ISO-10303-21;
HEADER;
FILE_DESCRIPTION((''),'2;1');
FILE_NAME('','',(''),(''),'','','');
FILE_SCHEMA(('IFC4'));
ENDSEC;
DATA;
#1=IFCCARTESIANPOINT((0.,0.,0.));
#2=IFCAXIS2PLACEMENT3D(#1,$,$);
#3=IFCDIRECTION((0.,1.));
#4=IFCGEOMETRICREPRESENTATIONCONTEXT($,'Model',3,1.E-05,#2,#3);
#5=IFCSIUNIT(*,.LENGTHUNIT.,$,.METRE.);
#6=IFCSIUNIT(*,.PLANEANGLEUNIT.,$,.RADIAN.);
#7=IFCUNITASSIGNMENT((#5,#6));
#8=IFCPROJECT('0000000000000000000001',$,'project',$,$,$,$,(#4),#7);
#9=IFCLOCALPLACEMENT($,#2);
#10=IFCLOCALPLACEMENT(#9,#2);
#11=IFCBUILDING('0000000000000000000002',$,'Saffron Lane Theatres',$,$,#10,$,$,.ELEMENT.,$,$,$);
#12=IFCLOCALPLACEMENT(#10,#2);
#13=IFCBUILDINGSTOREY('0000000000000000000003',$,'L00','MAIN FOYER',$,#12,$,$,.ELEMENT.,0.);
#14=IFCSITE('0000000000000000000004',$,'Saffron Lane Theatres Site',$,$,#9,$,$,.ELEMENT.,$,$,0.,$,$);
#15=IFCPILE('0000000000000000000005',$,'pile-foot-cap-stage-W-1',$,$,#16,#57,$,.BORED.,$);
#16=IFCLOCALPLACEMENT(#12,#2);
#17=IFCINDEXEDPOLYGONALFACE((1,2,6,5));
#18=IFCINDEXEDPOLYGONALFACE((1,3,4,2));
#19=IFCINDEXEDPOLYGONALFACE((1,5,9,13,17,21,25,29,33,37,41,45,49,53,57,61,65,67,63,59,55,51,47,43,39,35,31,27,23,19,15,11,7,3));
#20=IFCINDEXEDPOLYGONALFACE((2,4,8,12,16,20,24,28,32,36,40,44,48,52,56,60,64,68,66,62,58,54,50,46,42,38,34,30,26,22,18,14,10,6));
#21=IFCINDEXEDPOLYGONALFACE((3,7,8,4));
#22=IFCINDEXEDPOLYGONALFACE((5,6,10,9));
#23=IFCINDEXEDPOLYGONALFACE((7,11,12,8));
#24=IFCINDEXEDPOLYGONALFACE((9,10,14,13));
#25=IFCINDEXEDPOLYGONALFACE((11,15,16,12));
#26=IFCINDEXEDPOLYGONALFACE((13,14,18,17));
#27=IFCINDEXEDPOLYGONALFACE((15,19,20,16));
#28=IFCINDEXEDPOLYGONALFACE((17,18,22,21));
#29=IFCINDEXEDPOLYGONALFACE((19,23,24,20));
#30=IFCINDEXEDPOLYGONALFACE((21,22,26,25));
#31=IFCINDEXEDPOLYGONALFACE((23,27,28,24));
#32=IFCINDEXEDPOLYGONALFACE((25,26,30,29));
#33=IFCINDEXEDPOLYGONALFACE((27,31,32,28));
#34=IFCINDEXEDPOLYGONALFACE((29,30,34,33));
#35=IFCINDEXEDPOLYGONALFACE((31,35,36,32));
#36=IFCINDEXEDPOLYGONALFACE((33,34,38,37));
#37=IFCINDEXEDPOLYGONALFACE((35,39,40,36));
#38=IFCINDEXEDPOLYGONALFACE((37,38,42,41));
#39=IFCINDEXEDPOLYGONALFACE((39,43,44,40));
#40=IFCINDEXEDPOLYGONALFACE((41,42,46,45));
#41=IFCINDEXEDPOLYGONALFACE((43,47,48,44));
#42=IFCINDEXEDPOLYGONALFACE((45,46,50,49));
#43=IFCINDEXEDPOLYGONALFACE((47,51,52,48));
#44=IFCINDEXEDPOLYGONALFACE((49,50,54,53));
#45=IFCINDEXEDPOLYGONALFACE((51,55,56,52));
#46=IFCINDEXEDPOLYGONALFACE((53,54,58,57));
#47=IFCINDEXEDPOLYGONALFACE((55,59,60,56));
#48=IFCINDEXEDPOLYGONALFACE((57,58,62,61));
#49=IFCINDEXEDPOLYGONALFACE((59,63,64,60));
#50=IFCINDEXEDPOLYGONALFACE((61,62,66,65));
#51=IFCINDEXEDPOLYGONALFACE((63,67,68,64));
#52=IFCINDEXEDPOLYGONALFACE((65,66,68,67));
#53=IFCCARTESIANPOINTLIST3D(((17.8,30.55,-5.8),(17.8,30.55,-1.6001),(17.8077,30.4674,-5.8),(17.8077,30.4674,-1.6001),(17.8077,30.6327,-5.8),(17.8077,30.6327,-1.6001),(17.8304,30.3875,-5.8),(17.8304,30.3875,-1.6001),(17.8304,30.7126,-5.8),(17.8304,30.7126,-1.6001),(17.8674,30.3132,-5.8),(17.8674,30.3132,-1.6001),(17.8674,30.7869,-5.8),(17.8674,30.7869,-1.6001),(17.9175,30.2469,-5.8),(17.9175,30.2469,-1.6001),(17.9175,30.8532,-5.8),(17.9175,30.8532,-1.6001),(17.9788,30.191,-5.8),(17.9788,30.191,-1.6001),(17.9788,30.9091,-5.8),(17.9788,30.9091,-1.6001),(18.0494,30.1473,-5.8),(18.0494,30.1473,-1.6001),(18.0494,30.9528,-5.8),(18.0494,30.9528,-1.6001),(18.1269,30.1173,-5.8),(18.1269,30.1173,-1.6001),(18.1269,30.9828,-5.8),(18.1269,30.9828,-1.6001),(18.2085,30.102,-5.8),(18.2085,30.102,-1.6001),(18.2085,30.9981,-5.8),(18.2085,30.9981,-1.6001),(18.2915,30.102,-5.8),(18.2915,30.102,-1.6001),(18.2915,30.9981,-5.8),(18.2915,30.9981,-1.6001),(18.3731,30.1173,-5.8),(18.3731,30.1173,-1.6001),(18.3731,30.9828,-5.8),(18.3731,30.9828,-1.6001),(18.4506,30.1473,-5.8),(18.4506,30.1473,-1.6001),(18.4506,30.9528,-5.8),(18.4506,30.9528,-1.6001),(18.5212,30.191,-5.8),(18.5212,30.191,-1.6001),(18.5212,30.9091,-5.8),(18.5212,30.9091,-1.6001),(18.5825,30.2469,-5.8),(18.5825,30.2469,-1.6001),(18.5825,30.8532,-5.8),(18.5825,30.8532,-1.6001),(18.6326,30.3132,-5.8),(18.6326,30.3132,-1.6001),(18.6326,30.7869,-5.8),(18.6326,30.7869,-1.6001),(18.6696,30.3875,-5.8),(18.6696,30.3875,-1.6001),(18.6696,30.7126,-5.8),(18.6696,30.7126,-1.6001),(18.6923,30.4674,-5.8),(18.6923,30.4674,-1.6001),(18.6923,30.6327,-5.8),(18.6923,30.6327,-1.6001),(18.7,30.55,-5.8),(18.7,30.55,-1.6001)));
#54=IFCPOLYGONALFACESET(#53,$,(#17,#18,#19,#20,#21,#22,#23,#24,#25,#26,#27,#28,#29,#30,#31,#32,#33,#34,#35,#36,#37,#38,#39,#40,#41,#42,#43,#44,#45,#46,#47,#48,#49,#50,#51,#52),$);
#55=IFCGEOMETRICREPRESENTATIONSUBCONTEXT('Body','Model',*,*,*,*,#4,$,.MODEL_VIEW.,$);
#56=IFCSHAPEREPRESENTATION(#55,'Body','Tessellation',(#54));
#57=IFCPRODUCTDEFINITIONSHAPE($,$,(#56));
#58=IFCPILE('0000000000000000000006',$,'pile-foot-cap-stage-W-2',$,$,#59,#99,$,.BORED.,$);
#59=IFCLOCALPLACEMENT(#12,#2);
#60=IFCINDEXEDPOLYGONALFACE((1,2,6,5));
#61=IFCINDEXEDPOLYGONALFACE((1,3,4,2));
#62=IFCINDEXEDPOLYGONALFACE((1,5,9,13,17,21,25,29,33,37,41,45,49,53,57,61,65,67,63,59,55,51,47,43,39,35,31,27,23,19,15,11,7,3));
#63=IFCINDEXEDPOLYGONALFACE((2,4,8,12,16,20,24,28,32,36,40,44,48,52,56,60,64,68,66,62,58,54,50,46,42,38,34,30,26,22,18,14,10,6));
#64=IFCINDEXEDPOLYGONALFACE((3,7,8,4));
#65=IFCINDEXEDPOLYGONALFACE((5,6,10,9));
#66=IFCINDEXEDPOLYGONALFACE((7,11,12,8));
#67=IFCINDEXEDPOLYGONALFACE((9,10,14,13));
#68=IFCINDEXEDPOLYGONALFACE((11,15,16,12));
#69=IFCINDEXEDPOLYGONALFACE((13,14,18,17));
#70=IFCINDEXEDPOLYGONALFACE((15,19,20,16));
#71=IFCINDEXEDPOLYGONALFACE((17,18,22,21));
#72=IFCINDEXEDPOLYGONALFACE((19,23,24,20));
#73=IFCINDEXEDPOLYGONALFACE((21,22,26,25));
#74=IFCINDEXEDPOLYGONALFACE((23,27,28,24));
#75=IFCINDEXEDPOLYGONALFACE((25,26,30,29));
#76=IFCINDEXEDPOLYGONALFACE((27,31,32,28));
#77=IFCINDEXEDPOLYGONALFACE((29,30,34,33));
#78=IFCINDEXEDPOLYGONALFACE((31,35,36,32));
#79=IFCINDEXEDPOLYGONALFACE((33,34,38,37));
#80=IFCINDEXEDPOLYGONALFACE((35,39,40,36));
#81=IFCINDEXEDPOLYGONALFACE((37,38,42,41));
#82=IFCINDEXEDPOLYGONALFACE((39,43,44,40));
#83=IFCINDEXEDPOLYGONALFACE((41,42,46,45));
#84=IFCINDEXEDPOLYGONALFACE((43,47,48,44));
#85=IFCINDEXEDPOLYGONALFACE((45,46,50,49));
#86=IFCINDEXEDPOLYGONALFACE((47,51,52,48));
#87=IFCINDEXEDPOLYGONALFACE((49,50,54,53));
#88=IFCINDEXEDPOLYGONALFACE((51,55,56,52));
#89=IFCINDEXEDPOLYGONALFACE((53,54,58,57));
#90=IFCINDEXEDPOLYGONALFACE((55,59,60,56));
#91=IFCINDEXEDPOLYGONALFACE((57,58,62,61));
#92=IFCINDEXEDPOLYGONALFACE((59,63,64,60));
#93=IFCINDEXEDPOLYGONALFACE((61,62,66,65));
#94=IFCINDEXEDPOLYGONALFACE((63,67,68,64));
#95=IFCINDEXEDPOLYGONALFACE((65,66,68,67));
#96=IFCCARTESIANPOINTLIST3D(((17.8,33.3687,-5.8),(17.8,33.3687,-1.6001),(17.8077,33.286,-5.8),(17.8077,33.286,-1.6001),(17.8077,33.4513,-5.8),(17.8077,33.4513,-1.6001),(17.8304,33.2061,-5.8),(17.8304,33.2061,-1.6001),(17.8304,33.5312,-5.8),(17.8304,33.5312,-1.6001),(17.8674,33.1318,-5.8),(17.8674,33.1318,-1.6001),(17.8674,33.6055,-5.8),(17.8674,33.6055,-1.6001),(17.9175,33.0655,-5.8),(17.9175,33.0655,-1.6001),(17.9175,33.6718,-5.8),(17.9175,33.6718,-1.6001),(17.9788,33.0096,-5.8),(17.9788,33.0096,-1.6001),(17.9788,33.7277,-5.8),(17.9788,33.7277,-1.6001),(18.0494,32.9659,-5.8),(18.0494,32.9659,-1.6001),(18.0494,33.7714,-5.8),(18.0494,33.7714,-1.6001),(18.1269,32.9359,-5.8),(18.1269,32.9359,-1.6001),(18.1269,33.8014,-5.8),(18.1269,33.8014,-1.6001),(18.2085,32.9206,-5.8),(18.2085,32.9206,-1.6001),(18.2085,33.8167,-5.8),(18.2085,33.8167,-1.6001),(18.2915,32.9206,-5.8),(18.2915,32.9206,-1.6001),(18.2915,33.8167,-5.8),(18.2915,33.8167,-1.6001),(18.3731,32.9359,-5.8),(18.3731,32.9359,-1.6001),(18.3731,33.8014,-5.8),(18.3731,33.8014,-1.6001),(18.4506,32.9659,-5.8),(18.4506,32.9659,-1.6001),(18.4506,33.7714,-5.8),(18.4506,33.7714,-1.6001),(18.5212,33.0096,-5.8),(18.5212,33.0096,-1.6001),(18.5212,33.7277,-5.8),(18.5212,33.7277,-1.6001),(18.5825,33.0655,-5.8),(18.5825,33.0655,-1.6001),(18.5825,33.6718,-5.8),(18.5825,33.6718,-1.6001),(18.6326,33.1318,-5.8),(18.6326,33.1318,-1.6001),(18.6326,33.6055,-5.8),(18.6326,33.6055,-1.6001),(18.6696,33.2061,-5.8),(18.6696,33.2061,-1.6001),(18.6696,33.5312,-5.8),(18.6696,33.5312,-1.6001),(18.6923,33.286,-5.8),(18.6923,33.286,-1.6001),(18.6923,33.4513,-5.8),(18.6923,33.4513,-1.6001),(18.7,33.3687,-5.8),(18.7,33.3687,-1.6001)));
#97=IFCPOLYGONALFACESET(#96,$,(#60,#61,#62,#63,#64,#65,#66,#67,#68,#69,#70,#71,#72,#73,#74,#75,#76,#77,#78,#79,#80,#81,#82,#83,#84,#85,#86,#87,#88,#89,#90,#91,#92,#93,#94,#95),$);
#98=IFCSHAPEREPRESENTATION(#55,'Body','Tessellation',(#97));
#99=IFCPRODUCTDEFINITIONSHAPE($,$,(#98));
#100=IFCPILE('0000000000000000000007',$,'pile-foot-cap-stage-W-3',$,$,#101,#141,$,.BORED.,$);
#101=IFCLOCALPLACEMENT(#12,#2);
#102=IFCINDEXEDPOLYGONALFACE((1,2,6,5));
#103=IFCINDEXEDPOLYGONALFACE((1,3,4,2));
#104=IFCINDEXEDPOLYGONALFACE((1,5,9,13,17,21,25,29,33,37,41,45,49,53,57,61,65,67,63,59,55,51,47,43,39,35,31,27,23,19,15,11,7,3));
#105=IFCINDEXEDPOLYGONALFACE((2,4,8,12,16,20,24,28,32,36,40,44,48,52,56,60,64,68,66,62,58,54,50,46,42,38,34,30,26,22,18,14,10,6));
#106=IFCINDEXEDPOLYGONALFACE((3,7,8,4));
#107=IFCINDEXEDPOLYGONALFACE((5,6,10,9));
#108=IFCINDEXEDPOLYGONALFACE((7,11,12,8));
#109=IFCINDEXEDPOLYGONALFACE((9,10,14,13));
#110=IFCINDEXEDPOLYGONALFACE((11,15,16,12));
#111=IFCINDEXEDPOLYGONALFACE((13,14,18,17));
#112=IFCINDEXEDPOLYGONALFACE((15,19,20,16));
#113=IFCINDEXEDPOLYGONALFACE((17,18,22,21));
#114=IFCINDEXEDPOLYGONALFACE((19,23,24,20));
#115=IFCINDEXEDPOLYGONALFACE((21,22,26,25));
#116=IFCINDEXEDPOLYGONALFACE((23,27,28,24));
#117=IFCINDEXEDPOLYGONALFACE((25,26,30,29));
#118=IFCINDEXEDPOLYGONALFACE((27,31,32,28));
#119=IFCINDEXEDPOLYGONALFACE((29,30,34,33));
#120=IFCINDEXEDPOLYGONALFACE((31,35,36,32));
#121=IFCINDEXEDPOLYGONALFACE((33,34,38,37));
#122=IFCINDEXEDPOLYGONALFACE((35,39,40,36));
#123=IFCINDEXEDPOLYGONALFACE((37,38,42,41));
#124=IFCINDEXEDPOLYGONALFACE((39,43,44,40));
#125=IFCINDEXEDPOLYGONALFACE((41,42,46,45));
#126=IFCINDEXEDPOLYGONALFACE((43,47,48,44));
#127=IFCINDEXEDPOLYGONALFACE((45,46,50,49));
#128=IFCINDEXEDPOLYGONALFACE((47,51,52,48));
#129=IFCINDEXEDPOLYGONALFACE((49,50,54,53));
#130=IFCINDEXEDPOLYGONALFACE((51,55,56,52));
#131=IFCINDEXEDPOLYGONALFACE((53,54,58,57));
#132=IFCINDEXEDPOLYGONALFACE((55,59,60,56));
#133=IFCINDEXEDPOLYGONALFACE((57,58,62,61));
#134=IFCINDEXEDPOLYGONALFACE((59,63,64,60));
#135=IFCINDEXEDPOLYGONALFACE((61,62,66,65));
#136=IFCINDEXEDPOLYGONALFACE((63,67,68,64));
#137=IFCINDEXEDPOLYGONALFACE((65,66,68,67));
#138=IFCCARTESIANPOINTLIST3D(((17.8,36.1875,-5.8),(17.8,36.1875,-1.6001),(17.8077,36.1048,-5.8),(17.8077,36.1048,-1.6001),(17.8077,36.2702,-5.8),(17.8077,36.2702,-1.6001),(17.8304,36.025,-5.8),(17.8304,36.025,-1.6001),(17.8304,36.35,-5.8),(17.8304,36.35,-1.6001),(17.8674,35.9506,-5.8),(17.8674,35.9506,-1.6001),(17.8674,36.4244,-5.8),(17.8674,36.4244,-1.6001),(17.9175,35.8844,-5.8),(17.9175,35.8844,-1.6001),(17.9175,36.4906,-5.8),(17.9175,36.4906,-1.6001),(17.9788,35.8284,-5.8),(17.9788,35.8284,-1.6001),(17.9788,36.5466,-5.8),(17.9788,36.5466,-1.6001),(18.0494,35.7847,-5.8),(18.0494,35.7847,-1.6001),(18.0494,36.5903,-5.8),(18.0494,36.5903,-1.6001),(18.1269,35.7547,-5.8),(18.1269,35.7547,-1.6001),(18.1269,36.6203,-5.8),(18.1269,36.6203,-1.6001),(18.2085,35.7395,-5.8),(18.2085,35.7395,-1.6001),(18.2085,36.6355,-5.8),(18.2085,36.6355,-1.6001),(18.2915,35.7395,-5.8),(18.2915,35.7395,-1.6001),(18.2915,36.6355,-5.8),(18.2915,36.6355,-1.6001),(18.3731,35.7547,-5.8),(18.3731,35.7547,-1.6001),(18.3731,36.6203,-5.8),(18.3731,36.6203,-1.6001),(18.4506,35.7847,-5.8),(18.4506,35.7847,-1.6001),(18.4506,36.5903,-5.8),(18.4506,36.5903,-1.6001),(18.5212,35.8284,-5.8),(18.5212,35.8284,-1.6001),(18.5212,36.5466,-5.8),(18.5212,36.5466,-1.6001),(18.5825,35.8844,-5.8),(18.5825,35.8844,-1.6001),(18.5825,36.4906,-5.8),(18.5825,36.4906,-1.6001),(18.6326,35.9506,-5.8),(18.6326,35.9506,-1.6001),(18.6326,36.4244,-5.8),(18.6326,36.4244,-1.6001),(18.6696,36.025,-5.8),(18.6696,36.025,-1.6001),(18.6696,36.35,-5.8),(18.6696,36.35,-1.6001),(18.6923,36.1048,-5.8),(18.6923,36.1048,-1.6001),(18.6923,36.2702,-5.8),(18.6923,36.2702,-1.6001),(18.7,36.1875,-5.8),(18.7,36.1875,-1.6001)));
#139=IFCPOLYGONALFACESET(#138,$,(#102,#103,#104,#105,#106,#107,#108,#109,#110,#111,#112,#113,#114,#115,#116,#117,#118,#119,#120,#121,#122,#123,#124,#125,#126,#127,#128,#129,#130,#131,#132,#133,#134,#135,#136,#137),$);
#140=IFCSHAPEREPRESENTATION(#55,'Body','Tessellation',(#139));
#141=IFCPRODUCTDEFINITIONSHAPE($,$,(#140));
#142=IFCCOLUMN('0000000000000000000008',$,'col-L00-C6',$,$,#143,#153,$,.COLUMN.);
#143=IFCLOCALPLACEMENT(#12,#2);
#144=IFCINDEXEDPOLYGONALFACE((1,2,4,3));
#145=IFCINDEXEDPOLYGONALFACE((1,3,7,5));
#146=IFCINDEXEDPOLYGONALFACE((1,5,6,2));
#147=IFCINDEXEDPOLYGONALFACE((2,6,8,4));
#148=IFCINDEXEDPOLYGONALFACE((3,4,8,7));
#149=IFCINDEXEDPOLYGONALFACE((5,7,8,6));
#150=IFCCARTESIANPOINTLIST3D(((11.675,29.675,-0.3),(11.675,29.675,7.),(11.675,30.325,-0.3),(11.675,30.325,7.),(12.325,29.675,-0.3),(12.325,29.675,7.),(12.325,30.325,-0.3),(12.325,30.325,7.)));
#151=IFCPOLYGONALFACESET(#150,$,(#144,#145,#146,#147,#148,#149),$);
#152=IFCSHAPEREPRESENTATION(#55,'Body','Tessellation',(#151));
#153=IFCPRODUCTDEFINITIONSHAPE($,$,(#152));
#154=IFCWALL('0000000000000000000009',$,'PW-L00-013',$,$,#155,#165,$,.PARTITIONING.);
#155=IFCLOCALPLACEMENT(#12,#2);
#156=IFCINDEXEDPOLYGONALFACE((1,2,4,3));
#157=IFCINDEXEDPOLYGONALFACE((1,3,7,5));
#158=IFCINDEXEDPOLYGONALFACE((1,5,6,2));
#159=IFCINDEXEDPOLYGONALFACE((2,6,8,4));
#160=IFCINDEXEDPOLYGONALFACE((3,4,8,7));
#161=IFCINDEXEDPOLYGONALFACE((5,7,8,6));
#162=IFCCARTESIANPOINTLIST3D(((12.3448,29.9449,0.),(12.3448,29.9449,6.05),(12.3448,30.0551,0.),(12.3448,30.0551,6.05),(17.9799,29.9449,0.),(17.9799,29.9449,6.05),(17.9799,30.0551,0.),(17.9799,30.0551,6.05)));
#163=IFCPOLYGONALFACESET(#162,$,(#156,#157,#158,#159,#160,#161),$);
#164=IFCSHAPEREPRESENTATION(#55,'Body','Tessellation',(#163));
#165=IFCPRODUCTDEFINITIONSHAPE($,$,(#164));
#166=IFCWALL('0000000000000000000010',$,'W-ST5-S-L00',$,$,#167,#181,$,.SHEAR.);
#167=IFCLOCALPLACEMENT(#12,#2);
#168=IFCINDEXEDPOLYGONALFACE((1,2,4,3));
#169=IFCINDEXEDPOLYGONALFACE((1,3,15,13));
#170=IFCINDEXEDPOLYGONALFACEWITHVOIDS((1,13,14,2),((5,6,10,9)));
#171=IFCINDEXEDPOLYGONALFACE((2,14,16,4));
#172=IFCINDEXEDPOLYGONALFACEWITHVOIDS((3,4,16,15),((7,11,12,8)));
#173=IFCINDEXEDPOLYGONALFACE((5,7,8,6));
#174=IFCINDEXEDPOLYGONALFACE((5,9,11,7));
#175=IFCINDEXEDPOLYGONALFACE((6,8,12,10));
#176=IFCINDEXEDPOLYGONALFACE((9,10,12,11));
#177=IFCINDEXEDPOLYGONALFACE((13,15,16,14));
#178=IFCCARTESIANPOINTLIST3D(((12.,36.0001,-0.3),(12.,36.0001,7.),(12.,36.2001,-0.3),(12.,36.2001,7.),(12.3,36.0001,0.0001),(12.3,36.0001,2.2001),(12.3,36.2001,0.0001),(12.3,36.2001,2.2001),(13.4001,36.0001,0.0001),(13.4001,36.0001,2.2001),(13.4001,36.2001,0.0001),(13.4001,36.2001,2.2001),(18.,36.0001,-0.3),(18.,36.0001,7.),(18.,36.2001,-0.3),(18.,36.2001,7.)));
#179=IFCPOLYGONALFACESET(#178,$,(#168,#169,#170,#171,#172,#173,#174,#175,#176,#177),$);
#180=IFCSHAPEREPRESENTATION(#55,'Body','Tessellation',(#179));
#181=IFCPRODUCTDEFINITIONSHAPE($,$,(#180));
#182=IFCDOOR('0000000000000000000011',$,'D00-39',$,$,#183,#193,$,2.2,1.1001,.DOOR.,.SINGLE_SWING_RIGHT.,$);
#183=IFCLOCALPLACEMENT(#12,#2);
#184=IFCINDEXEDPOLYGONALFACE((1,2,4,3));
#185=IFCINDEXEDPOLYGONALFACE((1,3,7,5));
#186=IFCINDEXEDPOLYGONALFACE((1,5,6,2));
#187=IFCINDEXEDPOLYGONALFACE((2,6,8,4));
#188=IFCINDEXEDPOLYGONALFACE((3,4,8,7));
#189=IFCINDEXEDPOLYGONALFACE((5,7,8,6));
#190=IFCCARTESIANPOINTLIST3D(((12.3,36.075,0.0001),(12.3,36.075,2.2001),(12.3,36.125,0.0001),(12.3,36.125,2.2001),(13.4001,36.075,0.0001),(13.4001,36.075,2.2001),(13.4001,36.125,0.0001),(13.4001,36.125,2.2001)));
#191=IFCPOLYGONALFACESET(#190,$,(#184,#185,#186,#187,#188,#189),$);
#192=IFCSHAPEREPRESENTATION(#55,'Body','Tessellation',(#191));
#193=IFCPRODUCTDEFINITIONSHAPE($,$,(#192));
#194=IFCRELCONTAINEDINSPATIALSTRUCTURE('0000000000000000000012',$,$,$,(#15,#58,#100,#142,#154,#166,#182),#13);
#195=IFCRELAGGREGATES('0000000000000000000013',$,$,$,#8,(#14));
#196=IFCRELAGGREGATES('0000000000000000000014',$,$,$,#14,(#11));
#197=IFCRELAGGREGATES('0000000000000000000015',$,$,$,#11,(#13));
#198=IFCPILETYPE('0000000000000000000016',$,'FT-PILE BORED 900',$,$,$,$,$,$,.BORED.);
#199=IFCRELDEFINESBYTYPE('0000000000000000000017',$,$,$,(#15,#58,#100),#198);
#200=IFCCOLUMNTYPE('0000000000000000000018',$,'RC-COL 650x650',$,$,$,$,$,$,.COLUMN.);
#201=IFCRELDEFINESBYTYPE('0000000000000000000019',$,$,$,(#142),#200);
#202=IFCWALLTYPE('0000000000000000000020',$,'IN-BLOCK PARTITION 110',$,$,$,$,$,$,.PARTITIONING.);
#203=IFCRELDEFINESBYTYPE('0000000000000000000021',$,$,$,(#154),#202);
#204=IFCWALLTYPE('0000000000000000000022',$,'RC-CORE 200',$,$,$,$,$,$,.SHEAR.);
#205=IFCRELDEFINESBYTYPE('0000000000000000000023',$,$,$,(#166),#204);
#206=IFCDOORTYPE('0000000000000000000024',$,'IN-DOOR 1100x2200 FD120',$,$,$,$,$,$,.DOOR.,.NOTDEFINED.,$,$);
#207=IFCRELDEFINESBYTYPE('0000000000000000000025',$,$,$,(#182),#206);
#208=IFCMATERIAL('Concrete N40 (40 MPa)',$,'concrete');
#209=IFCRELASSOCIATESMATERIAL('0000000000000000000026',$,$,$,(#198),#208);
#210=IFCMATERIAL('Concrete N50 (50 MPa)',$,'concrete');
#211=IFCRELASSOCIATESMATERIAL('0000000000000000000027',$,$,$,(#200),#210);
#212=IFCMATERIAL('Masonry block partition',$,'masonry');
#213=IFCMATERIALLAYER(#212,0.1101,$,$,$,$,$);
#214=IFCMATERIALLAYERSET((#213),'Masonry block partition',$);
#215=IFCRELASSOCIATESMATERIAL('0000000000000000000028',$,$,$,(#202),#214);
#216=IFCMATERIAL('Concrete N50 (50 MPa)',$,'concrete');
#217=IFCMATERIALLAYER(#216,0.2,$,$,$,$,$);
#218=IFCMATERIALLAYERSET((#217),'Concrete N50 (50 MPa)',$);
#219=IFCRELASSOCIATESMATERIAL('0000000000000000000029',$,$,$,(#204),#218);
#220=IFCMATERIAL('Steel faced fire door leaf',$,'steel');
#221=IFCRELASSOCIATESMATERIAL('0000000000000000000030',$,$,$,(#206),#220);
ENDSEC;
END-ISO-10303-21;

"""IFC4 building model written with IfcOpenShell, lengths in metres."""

from ifc_helpers import new_model, si_unit, direction, frame, frame_2d, origin, origin_2d, place, context, subcontext, project, spatial, rectangle, circle, extrude, material, layer, layer_set, material_profile, profile_set, type_object, element, fill, save


model = new_model("IFC4")

# Units and contexts
model_context = context("Model", 3, precision=1e-05, world=origin(), true_north=direction((0.0, 1.0)))
body_context = subcontext(model_context, "Body", "Model", "MODEL_VIEW")
ifc_project = project(units=[si_unit("LENGTHUNIT", "METRE"), si_unit("PLANEANGLEUNIT", "RADIAN")], contexts=[model_context])

# Site, building, storey
site_placement = place(None, origin())
site = spatial("IfcSite", under=ifc_project, at=site_placement, Name="Saffron Lane Theatres Site", CompositionType="ELEMENT", RefElevation=0.0)
building_placement = place(site_placement, origin())
building = spatial("IfcBuilding", under=site, at=building_placement, Name="Saffron Lane Theatres", CompositionType="ELEMENT")
storey_placement = place(building_placement, origin())
storey = spatial("IfcBuildingStorey", under=building, at=storey_placement, Name="L00", Description="MAIN FOYER", CompositionType="ELEMENT", Elevation=0.0)

# Piles
ifc_material_1 = material(Name="Concrete N40 (40 MPa)", Category="concrete")
ifc_material_profile_1 = material_profile(ifc_material_1, circle(Radius=0.45, at=origin_2d()))
ifc_profile_set_1 = profile_set([ifc_material_profile_1], Name="Concrete N40 (40 MPa)")
pile_type_1 = type_object("IfcPileType", Name="FT-PILE BORED 900", PredefinedType="BORED", material=ifc_profile_set_1)
for number, where, z_axis, x_axis, name in (
    (1, (18.25, 30.55, -1.6001), (0.0, 0.0, -1.0), (1.0, 0.0, 0.0), "pile-foot-cap-stage-W-1"),
    (2, (18.25, 33.3687, -1.6001), (0.0, 0.0, -1.0), (1.0, 0.0, 0.0), "pile-foot-cap-stage-W-2"),
    (3, (18.25, 36.1875, -1.6001), (0.0, 0.0, -1.0), (1.0, 0.0, 0.0), "pile-foot-cap-stage-W-3"),
):
    element("IfcPile", number, at=place(storey_placement, frame(where, z_axis=z_axis, x_axis=x_axis)), inside=storey, type_object=pile_type_1, Name=name, PredefinedType="BORED", context=body_context, shape_type="SweptSolid", body=[
        extrude(circle(Radius=0.45, at=origin_2d()), origin(), (0.0, 0.0, 1.0), 4.2),
    ])

# Column
ifc_material_2 = material(Name="Concrete N50 (50 MPa)", Category="concrete")
ifc_material_profile_2 = material_profile(ifc_material_2, rectangle(XDim=0.6499, YDim=0.6499, at=origin_2d()))
ifc_profile_set_2 = profile_set([ifc_material_profile_2], Name="Concrete N50 (50 MPa)")
column_type = type_object("IfcColumnType", Name="RC-COL 650x650", PredefinedType="COLUMN", material=ifc_profile_set_2)
column_placement = place(storey_placement, frame((12.0, 30.0, -0.3), z_axis=(0.0, 0.0, 1.0), x_axis=(1.0, 0.0, 0.0)))
element("IfcColumn", 4, at=column_placement, inside=storey, type_object=column_type, Name="col-L00-C6", PredefinedType="COLUMN", context=body_context, shape_type="SweptSolid", body=[
    extrude(rectangle(XDim=0.6499, YDim=0.6499, at=origin_2d()), origin(), (0.0, 0.0, 1.0), 7.3),
])

# Wall
ifc_material_3 = material(Name="Masonry block partition", Category="masonry")
ifc_layer_1 = layer(ifc_material_3, 0.1101)
ifc_layer_set_1 = layer_set([ifc_layer_1], Name="Masonry block partition")
wall_type_1 = type_object("IfcWallType", Name="IN-BLOCK PARTITION 110", PredefinedType="PARTITIONING", material=ifc_layer_set_1)
wall_1_placement = place(storey_placement, frame((12.345, 30.0, 0.0), z_axis=(0.0, 0.0, 1.0), x_axis=(1.0, 0.0, 0.0)))
element("IfcWall", 5, at=wall_1_placement, inside=storey, type_object=wall_type_1, Name="PW-L00-013", PredefinedType="PARTITIONING", context=body_context, shape_type="SweptSolid", body=[
    extrude(rectangle(XDim=5.635, YDim=0.1101, at=frame_2d((2.8174, 0.0))), origin(), (0.0, 0.0, 1.0), 6.05),
])

# Wall, opening, door
ifc_material_4 = material(Name="Concrete N50 (50 MPa)", Category="concrete")
ifc_layer_2 = layer(ifc_material_4, 0.2)
ifc_layer_set_2 = layer_set([ifc_layer_2], Name="Concrete N50 (50 MPa)")
wall_type_2 = type_object("IfcWallType", Name="RC-CORE 200", PredefinedType="SHEAR", material=ifc_layer_set_2)
wall_2_placement = place(storey_placement, frame((12.0, 36.1001, -0.3), z_axis=(0.0, 0.0, 1.0), x_axis=(1.0, 0.0, 0.0)))
wall_2 = element("IfcWall", 6, at=wall_2_placement, inside=storey, type_object=wall_type_2, Name="W-ST5-S-L00", PredefinedType="SHEAR", context=body_context, shape_type="SweptSolid", body=[
    extrude(rectangle(XDim=6.0, YDim=0.2, at=frame_2d((3.0, 0.0))), origin(), (0.0, 0.0, 1.0), 7.3),
])
opening_1_placement = place(wall_2_placement, frame((0.3, 0.0, 0.3)))
opening_1 = element("IfcOpeningElement", 7, at=opening_1_placement, cuts=wall_2, PredefinedType="OPENING", context=body_context, shape_type="SweptSolid", body=[
    extrude(rectangle(XDim=1.1001, YDim=2.2, at=frame_2d((0.55, 1.1001))), frame((0.0, 0.1099, 0.0), z_axis=(0.0, -1.0, 0.0), x_axis=(1.0, 0.0, 0.0)), (0.0, 0.0, 1.0), 0.22),
])
ifc_material_5 = material(Name="Steel faced fire door leaf", Category="steel")
door_type_1 = type_object("IfcDoorType", Name="IN-DOOR 1100x2200 FD120", OperationType="NOTDEFINED", PredefinedType="DOOR", material=ifc_material_5)
door_1_placement = place(opening_1_placement, origin())
door_1 = element("IfcDoor", 8, at=door_1_placement, inside=storey, type_object=door_type_1, Name="D00-39", OperationType="SINGLE_SWING_RIGHT", OverallHeight=2.2, OverallWidth=1.1001, PredefinedType="DOOR", context=body_context, shape_type="SweptSolid", body=[
    extrude(rectangle(XDim=1.1001, YDim=2.2, at=frame_2d((0.55, 1.1001))), frame((0.0, 0.0249, 0.0), z_axis=(0.0, -1.0, 0.0), x_axis=(1.0, 0.0, 0.0)), (0.0, 0.0, 1.0), 0.05),
])
fill(opening_1, door_1)

save(model, "model.ifc")
